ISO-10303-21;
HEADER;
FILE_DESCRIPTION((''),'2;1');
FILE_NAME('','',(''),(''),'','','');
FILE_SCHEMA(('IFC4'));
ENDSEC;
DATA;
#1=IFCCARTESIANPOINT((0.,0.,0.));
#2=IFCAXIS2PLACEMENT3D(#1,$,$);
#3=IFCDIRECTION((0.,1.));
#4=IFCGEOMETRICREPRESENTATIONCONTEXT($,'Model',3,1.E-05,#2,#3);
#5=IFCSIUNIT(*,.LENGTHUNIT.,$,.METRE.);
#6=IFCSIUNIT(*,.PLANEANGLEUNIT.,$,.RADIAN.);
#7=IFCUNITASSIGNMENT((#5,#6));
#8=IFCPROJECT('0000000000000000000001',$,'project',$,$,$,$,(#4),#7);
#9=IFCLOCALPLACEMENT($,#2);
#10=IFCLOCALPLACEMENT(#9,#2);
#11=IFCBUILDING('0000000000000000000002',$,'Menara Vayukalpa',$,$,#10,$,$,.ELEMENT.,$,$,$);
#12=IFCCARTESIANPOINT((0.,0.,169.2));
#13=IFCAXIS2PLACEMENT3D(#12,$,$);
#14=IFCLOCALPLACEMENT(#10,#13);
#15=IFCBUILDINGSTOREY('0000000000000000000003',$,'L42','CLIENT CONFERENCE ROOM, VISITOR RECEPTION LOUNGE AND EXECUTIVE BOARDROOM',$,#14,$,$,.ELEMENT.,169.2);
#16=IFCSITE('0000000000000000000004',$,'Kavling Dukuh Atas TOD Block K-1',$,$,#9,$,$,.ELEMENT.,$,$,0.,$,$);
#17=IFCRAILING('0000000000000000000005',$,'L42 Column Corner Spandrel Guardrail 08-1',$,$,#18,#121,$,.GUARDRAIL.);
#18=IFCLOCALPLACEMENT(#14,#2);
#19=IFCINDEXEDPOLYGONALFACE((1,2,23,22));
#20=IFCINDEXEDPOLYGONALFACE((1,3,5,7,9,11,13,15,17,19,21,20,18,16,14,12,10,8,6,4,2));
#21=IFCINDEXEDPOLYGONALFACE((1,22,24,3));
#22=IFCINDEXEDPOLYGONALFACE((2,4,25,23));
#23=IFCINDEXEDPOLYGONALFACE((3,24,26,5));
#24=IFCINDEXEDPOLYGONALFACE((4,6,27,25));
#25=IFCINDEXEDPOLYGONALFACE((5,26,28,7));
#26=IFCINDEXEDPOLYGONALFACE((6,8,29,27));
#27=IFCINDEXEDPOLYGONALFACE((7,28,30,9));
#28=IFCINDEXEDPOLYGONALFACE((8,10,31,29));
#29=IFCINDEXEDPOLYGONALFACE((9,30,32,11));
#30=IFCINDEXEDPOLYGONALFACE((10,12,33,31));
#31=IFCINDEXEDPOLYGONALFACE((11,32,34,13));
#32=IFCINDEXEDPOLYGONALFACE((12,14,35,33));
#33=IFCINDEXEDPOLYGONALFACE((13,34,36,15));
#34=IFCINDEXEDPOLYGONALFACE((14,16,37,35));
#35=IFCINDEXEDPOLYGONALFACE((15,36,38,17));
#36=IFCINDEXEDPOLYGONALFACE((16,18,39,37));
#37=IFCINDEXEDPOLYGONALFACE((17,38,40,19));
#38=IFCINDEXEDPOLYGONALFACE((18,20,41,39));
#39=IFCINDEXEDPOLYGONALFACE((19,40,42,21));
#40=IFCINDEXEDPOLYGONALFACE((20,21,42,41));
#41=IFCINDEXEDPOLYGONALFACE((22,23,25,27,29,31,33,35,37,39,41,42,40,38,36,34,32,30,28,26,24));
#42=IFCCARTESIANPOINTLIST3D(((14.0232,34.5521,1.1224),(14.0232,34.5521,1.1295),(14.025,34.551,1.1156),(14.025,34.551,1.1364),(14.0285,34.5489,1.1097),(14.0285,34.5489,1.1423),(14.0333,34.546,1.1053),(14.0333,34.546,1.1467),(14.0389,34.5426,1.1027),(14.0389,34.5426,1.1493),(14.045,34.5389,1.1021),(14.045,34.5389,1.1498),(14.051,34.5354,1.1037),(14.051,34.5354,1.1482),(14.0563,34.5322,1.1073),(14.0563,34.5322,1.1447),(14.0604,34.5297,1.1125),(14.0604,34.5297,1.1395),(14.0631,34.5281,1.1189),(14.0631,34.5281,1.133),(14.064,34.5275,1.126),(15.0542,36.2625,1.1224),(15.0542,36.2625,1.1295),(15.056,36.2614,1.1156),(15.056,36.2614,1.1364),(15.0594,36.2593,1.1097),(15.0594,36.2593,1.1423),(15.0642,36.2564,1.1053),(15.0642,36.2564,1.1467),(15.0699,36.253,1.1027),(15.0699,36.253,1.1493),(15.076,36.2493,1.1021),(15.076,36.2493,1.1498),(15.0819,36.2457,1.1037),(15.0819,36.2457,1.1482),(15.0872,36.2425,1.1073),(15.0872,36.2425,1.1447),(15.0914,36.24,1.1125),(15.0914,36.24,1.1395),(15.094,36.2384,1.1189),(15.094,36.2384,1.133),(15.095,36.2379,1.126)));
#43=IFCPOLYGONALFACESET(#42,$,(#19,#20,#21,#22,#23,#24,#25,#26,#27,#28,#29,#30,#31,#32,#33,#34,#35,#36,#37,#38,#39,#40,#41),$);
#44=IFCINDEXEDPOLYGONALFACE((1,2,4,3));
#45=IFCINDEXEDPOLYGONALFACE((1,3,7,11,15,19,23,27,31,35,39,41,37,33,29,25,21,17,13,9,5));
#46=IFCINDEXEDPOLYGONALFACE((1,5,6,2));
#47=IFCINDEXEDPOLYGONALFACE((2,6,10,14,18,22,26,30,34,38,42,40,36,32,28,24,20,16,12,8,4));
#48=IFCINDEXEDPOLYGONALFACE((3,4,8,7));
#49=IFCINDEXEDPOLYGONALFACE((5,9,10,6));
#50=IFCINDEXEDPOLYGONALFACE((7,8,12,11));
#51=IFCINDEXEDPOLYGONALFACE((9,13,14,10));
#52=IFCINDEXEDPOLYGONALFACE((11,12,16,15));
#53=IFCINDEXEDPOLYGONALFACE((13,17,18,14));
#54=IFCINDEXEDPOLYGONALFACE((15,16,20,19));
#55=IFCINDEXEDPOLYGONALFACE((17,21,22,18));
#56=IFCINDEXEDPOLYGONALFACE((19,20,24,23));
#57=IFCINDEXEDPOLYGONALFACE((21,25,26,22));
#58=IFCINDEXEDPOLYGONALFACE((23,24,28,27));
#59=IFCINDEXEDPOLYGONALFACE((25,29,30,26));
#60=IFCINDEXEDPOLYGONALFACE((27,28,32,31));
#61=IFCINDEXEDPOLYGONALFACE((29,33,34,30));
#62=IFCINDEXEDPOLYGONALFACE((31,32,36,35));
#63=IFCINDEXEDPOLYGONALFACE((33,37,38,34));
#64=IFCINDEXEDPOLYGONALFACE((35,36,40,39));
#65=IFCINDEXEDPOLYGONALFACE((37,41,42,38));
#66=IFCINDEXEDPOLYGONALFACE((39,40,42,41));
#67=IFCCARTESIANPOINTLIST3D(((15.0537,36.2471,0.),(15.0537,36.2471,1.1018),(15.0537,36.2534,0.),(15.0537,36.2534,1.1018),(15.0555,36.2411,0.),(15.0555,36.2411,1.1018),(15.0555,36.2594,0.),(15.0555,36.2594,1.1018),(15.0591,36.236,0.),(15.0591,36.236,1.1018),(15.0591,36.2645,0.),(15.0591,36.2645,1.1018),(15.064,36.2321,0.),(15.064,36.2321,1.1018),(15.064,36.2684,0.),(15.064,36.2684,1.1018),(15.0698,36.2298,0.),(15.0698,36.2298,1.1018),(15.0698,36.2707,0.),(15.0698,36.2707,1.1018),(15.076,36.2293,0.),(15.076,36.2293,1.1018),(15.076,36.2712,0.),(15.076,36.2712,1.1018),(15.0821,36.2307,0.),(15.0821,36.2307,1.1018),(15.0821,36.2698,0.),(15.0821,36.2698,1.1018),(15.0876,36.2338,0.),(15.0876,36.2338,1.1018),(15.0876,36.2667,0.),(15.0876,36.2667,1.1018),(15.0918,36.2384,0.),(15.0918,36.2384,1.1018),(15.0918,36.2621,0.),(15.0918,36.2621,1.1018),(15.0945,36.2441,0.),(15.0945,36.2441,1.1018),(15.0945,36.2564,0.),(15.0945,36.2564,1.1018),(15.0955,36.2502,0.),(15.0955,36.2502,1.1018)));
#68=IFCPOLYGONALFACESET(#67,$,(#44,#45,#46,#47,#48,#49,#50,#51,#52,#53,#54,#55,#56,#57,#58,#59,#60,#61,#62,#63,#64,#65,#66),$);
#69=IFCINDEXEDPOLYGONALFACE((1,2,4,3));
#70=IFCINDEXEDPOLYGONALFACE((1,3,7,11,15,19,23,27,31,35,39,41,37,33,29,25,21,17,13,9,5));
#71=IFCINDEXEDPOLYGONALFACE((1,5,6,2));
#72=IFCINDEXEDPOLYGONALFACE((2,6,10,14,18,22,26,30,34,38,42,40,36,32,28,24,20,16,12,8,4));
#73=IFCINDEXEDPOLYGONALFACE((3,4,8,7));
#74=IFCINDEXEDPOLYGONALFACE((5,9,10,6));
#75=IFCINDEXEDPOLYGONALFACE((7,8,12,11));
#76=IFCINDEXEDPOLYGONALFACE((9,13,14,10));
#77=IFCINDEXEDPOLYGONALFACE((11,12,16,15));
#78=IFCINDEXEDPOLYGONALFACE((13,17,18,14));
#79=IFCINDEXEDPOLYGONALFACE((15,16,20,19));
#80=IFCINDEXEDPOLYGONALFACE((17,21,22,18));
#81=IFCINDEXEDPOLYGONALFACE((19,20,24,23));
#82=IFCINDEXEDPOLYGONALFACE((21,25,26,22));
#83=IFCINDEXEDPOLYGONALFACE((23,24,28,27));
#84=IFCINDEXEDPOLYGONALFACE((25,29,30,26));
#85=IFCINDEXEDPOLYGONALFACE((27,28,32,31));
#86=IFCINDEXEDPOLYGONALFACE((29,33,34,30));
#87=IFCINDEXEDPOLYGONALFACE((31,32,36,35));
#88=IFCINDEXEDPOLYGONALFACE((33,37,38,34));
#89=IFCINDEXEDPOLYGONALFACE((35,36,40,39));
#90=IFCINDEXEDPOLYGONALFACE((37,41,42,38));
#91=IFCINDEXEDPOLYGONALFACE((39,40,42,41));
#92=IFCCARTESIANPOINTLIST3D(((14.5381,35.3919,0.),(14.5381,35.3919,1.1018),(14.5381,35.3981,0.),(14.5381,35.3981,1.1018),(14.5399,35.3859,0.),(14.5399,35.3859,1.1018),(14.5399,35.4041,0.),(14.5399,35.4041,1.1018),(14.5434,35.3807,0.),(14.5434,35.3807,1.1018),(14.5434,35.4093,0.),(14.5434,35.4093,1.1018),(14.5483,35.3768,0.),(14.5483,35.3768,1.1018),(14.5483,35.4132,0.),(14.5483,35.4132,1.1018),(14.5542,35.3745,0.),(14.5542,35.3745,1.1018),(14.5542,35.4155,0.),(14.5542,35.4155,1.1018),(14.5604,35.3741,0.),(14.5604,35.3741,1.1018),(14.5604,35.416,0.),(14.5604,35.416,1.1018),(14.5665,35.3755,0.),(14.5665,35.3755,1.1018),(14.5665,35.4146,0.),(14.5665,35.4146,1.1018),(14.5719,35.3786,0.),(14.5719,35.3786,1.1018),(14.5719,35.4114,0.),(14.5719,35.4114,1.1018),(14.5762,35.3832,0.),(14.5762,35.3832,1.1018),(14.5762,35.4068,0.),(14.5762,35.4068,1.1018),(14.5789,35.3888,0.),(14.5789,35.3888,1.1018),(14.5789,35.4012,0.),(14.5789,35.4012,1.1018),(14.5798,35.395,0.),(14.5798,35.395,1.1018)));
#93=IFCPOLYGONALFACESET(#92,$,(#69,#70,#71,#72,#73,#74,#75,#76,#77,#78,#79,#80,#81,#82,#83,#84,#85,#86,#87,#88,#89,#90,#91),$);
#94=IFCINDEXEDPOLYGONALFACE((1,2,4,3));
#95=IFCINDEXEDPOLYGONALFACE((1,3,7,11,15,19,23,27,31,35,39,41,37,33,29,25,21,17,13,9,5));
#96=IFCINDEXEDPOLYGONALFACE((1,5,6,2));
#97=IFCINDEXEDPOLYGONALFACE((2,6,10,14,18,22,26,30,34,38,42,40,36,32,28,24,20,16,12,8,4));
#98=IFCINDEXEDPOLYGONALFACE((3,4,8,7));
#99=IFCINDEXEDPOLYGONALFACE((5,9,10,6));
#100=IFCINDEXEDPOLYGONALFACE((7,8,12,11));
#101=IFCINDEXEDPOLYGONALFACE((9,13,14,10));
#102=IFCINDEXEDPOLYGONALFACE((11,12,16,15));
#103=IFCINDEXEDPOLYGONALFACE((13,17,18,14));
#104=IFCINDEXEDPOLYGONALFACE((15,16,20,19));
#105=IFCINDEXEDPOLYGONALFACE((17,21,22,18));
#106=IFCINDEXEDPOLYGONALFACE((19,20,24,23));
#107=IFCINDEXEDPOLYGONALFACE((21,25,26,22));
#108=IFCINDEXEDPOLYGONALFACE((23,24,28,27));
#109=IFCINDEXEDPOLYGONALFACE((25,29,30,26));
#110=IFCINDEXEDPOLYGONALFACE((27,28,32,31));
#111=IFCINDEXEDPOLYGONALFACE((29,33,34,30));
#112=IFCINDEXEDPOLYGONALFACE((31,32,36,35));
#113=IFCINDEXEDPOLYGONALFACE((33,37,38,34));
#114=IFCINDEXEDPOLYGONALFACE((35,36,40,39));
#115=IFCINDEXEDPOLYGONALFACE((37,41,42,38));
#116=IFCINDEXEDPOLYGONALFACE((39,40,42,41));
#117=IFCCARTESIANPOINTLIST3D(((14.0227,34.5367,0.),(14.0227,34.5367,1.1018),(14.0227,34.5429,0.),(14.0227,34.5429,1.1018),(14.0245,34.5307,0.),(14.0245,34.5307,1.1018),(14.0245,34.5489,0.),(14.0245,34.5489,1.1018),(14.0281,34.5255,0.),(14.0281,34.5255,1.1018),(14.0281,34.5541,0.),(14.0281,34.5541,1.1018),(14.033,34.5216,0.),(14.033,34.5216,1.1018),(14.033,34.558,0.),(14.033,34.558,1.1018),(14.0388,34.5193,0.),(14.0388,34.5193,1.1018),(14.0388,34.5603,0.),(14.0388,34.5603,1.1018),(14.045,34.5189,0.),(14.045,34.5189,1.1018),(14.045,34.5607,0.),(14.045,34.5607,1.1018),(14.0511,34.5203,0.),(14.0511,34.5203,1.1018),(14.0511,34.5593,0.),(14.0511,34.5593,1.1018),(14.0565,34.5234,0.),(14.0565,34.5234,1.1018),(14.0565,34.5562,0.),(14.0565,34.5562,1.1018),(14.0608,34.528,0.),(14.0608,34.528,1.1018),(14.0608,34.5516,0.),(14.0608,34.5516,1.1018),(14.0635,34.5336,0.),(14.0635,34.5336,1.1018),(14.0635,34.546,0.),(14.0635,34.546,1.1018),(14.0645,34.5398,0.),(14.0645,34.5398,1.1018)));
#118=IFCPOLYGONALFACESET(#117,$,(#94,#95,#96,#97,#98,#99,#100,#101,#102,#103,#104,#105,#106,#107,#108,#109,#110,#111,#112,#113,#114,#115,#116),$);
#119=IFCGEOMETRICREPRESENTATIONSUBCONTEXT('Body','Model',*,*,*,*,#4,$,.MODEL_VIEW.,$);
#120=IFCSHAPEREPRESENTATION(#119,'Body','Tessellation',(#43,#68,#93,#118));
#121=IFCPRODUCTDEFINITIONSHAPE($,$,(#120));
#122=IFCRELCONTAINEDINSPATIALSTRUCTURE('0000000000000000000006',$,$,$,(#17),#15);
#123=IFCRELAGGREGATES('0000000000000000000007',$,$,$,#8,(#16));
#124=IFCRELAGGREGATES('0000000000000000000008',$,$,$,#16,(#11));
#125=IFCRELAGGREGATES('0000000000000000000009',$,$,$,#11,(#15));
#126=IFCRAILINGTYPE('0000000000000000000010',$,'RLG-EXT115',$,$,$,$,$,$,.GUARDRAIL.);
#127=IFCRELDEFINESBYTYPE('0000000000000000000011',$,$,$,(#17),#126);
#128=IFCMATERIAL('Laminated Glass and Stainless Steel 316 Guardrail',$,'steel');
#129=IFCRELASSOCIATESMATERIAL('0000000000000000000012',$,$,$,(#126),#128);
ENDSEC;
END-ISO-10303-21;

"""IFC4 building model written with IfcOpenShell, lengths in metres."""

from ifc_helpers import new_model, si_unit, direction, frame, origin, origin_2d, place, context, subcontext, project, spatial, circle, extrude, material, type_object, element, save


model = new_model("IFC4")

# Units and contexts
model_context = context("Model", 3, precision=1e-05, world=origin(), true_north=direction((0.0, 1.0)))
body_context = subcontext(model_context, "Body", "Model", "MODEL_VIEW")
ifc_project = project(units=[si_unit("LENGTHUNIT", "METRE"), si_unit("PLANEANGLEUNIT", "RADIAN")], contexts=[model_context])

# Site, building, storey
site_placement = place(None, origin())
site = spatial("IfcSite", under=ifc_project, at=site_placement, Name="Kavling Dukuh Atas TOD Block K-1", CompositionType="ELEMENT", RefElevation=0.0)
building_placement = place(site_placement, origin())
building = spatial("IfcBuilding", under=site, at=building_placement, Name="Menara Vayukalpa", CompositionType="ELEMENT")
storey_placement = place(building_placement, frame((0.0, 0.0, 169.2)))
storey = spatial("IfcBuildingStorey", under=building, at=storey_placement, Name="L42", Description="CLIENT CONFERENCE ROOM, VISITOR RECEPTION LOUNGE AND EXECUTIVE BOARDROOM", CompositionType="ELEMENT", Elevation=169.2)

# Railing
ifc_material_1 = material(Name="Laminated Glass and Stainless Steel 316 Guardrail", Category="steel")
railing_type = type_object("IfcRailingType", Name="RLG-EXT115", PredefinedType="GUARDRAIL", material=ifc_material_1)
railing_1_placement = place(storey_placement, frame((15.0745, 36.2502, 0.0)))
element("IfcRailing", 1, at=railing_1_placement, inside=storey, type_object=railing_type, Name="L42 Column Corner Spandrel Guardrail 08-1", PredefinedType="GUARDRAIL", context=body_context, shape_type="SweptSolid", body=[
    extrude(circle(Radius=0.0239, at=origin_2d()), frame((0.0, 0.0, 1.126), z_axis=(-0.516238, -0.856445, 0.0), x_axis=(0.856445, -0.516238, 0.0)), (0.0, 0.0, 1.0), 1.9971),
    extrude(circle(Radius=0.021, at=origin_2d()), origin(), (0.0, 0.0, 1.0), 1.1018),
    extrude(circle(Radius=0.021, at=origin_2d()), frame((-0.5156, -0.8552, 0.0)), (0.0, 0.0, 1.0), 1.1018),
    extrude(circle(Radius=0.021, at=origin_2d()), frame((-1.031, -1.7104, 0.0)), (0.0, 0.0, 1.0), 1.1018),
])

save(model, "model.ifc")
